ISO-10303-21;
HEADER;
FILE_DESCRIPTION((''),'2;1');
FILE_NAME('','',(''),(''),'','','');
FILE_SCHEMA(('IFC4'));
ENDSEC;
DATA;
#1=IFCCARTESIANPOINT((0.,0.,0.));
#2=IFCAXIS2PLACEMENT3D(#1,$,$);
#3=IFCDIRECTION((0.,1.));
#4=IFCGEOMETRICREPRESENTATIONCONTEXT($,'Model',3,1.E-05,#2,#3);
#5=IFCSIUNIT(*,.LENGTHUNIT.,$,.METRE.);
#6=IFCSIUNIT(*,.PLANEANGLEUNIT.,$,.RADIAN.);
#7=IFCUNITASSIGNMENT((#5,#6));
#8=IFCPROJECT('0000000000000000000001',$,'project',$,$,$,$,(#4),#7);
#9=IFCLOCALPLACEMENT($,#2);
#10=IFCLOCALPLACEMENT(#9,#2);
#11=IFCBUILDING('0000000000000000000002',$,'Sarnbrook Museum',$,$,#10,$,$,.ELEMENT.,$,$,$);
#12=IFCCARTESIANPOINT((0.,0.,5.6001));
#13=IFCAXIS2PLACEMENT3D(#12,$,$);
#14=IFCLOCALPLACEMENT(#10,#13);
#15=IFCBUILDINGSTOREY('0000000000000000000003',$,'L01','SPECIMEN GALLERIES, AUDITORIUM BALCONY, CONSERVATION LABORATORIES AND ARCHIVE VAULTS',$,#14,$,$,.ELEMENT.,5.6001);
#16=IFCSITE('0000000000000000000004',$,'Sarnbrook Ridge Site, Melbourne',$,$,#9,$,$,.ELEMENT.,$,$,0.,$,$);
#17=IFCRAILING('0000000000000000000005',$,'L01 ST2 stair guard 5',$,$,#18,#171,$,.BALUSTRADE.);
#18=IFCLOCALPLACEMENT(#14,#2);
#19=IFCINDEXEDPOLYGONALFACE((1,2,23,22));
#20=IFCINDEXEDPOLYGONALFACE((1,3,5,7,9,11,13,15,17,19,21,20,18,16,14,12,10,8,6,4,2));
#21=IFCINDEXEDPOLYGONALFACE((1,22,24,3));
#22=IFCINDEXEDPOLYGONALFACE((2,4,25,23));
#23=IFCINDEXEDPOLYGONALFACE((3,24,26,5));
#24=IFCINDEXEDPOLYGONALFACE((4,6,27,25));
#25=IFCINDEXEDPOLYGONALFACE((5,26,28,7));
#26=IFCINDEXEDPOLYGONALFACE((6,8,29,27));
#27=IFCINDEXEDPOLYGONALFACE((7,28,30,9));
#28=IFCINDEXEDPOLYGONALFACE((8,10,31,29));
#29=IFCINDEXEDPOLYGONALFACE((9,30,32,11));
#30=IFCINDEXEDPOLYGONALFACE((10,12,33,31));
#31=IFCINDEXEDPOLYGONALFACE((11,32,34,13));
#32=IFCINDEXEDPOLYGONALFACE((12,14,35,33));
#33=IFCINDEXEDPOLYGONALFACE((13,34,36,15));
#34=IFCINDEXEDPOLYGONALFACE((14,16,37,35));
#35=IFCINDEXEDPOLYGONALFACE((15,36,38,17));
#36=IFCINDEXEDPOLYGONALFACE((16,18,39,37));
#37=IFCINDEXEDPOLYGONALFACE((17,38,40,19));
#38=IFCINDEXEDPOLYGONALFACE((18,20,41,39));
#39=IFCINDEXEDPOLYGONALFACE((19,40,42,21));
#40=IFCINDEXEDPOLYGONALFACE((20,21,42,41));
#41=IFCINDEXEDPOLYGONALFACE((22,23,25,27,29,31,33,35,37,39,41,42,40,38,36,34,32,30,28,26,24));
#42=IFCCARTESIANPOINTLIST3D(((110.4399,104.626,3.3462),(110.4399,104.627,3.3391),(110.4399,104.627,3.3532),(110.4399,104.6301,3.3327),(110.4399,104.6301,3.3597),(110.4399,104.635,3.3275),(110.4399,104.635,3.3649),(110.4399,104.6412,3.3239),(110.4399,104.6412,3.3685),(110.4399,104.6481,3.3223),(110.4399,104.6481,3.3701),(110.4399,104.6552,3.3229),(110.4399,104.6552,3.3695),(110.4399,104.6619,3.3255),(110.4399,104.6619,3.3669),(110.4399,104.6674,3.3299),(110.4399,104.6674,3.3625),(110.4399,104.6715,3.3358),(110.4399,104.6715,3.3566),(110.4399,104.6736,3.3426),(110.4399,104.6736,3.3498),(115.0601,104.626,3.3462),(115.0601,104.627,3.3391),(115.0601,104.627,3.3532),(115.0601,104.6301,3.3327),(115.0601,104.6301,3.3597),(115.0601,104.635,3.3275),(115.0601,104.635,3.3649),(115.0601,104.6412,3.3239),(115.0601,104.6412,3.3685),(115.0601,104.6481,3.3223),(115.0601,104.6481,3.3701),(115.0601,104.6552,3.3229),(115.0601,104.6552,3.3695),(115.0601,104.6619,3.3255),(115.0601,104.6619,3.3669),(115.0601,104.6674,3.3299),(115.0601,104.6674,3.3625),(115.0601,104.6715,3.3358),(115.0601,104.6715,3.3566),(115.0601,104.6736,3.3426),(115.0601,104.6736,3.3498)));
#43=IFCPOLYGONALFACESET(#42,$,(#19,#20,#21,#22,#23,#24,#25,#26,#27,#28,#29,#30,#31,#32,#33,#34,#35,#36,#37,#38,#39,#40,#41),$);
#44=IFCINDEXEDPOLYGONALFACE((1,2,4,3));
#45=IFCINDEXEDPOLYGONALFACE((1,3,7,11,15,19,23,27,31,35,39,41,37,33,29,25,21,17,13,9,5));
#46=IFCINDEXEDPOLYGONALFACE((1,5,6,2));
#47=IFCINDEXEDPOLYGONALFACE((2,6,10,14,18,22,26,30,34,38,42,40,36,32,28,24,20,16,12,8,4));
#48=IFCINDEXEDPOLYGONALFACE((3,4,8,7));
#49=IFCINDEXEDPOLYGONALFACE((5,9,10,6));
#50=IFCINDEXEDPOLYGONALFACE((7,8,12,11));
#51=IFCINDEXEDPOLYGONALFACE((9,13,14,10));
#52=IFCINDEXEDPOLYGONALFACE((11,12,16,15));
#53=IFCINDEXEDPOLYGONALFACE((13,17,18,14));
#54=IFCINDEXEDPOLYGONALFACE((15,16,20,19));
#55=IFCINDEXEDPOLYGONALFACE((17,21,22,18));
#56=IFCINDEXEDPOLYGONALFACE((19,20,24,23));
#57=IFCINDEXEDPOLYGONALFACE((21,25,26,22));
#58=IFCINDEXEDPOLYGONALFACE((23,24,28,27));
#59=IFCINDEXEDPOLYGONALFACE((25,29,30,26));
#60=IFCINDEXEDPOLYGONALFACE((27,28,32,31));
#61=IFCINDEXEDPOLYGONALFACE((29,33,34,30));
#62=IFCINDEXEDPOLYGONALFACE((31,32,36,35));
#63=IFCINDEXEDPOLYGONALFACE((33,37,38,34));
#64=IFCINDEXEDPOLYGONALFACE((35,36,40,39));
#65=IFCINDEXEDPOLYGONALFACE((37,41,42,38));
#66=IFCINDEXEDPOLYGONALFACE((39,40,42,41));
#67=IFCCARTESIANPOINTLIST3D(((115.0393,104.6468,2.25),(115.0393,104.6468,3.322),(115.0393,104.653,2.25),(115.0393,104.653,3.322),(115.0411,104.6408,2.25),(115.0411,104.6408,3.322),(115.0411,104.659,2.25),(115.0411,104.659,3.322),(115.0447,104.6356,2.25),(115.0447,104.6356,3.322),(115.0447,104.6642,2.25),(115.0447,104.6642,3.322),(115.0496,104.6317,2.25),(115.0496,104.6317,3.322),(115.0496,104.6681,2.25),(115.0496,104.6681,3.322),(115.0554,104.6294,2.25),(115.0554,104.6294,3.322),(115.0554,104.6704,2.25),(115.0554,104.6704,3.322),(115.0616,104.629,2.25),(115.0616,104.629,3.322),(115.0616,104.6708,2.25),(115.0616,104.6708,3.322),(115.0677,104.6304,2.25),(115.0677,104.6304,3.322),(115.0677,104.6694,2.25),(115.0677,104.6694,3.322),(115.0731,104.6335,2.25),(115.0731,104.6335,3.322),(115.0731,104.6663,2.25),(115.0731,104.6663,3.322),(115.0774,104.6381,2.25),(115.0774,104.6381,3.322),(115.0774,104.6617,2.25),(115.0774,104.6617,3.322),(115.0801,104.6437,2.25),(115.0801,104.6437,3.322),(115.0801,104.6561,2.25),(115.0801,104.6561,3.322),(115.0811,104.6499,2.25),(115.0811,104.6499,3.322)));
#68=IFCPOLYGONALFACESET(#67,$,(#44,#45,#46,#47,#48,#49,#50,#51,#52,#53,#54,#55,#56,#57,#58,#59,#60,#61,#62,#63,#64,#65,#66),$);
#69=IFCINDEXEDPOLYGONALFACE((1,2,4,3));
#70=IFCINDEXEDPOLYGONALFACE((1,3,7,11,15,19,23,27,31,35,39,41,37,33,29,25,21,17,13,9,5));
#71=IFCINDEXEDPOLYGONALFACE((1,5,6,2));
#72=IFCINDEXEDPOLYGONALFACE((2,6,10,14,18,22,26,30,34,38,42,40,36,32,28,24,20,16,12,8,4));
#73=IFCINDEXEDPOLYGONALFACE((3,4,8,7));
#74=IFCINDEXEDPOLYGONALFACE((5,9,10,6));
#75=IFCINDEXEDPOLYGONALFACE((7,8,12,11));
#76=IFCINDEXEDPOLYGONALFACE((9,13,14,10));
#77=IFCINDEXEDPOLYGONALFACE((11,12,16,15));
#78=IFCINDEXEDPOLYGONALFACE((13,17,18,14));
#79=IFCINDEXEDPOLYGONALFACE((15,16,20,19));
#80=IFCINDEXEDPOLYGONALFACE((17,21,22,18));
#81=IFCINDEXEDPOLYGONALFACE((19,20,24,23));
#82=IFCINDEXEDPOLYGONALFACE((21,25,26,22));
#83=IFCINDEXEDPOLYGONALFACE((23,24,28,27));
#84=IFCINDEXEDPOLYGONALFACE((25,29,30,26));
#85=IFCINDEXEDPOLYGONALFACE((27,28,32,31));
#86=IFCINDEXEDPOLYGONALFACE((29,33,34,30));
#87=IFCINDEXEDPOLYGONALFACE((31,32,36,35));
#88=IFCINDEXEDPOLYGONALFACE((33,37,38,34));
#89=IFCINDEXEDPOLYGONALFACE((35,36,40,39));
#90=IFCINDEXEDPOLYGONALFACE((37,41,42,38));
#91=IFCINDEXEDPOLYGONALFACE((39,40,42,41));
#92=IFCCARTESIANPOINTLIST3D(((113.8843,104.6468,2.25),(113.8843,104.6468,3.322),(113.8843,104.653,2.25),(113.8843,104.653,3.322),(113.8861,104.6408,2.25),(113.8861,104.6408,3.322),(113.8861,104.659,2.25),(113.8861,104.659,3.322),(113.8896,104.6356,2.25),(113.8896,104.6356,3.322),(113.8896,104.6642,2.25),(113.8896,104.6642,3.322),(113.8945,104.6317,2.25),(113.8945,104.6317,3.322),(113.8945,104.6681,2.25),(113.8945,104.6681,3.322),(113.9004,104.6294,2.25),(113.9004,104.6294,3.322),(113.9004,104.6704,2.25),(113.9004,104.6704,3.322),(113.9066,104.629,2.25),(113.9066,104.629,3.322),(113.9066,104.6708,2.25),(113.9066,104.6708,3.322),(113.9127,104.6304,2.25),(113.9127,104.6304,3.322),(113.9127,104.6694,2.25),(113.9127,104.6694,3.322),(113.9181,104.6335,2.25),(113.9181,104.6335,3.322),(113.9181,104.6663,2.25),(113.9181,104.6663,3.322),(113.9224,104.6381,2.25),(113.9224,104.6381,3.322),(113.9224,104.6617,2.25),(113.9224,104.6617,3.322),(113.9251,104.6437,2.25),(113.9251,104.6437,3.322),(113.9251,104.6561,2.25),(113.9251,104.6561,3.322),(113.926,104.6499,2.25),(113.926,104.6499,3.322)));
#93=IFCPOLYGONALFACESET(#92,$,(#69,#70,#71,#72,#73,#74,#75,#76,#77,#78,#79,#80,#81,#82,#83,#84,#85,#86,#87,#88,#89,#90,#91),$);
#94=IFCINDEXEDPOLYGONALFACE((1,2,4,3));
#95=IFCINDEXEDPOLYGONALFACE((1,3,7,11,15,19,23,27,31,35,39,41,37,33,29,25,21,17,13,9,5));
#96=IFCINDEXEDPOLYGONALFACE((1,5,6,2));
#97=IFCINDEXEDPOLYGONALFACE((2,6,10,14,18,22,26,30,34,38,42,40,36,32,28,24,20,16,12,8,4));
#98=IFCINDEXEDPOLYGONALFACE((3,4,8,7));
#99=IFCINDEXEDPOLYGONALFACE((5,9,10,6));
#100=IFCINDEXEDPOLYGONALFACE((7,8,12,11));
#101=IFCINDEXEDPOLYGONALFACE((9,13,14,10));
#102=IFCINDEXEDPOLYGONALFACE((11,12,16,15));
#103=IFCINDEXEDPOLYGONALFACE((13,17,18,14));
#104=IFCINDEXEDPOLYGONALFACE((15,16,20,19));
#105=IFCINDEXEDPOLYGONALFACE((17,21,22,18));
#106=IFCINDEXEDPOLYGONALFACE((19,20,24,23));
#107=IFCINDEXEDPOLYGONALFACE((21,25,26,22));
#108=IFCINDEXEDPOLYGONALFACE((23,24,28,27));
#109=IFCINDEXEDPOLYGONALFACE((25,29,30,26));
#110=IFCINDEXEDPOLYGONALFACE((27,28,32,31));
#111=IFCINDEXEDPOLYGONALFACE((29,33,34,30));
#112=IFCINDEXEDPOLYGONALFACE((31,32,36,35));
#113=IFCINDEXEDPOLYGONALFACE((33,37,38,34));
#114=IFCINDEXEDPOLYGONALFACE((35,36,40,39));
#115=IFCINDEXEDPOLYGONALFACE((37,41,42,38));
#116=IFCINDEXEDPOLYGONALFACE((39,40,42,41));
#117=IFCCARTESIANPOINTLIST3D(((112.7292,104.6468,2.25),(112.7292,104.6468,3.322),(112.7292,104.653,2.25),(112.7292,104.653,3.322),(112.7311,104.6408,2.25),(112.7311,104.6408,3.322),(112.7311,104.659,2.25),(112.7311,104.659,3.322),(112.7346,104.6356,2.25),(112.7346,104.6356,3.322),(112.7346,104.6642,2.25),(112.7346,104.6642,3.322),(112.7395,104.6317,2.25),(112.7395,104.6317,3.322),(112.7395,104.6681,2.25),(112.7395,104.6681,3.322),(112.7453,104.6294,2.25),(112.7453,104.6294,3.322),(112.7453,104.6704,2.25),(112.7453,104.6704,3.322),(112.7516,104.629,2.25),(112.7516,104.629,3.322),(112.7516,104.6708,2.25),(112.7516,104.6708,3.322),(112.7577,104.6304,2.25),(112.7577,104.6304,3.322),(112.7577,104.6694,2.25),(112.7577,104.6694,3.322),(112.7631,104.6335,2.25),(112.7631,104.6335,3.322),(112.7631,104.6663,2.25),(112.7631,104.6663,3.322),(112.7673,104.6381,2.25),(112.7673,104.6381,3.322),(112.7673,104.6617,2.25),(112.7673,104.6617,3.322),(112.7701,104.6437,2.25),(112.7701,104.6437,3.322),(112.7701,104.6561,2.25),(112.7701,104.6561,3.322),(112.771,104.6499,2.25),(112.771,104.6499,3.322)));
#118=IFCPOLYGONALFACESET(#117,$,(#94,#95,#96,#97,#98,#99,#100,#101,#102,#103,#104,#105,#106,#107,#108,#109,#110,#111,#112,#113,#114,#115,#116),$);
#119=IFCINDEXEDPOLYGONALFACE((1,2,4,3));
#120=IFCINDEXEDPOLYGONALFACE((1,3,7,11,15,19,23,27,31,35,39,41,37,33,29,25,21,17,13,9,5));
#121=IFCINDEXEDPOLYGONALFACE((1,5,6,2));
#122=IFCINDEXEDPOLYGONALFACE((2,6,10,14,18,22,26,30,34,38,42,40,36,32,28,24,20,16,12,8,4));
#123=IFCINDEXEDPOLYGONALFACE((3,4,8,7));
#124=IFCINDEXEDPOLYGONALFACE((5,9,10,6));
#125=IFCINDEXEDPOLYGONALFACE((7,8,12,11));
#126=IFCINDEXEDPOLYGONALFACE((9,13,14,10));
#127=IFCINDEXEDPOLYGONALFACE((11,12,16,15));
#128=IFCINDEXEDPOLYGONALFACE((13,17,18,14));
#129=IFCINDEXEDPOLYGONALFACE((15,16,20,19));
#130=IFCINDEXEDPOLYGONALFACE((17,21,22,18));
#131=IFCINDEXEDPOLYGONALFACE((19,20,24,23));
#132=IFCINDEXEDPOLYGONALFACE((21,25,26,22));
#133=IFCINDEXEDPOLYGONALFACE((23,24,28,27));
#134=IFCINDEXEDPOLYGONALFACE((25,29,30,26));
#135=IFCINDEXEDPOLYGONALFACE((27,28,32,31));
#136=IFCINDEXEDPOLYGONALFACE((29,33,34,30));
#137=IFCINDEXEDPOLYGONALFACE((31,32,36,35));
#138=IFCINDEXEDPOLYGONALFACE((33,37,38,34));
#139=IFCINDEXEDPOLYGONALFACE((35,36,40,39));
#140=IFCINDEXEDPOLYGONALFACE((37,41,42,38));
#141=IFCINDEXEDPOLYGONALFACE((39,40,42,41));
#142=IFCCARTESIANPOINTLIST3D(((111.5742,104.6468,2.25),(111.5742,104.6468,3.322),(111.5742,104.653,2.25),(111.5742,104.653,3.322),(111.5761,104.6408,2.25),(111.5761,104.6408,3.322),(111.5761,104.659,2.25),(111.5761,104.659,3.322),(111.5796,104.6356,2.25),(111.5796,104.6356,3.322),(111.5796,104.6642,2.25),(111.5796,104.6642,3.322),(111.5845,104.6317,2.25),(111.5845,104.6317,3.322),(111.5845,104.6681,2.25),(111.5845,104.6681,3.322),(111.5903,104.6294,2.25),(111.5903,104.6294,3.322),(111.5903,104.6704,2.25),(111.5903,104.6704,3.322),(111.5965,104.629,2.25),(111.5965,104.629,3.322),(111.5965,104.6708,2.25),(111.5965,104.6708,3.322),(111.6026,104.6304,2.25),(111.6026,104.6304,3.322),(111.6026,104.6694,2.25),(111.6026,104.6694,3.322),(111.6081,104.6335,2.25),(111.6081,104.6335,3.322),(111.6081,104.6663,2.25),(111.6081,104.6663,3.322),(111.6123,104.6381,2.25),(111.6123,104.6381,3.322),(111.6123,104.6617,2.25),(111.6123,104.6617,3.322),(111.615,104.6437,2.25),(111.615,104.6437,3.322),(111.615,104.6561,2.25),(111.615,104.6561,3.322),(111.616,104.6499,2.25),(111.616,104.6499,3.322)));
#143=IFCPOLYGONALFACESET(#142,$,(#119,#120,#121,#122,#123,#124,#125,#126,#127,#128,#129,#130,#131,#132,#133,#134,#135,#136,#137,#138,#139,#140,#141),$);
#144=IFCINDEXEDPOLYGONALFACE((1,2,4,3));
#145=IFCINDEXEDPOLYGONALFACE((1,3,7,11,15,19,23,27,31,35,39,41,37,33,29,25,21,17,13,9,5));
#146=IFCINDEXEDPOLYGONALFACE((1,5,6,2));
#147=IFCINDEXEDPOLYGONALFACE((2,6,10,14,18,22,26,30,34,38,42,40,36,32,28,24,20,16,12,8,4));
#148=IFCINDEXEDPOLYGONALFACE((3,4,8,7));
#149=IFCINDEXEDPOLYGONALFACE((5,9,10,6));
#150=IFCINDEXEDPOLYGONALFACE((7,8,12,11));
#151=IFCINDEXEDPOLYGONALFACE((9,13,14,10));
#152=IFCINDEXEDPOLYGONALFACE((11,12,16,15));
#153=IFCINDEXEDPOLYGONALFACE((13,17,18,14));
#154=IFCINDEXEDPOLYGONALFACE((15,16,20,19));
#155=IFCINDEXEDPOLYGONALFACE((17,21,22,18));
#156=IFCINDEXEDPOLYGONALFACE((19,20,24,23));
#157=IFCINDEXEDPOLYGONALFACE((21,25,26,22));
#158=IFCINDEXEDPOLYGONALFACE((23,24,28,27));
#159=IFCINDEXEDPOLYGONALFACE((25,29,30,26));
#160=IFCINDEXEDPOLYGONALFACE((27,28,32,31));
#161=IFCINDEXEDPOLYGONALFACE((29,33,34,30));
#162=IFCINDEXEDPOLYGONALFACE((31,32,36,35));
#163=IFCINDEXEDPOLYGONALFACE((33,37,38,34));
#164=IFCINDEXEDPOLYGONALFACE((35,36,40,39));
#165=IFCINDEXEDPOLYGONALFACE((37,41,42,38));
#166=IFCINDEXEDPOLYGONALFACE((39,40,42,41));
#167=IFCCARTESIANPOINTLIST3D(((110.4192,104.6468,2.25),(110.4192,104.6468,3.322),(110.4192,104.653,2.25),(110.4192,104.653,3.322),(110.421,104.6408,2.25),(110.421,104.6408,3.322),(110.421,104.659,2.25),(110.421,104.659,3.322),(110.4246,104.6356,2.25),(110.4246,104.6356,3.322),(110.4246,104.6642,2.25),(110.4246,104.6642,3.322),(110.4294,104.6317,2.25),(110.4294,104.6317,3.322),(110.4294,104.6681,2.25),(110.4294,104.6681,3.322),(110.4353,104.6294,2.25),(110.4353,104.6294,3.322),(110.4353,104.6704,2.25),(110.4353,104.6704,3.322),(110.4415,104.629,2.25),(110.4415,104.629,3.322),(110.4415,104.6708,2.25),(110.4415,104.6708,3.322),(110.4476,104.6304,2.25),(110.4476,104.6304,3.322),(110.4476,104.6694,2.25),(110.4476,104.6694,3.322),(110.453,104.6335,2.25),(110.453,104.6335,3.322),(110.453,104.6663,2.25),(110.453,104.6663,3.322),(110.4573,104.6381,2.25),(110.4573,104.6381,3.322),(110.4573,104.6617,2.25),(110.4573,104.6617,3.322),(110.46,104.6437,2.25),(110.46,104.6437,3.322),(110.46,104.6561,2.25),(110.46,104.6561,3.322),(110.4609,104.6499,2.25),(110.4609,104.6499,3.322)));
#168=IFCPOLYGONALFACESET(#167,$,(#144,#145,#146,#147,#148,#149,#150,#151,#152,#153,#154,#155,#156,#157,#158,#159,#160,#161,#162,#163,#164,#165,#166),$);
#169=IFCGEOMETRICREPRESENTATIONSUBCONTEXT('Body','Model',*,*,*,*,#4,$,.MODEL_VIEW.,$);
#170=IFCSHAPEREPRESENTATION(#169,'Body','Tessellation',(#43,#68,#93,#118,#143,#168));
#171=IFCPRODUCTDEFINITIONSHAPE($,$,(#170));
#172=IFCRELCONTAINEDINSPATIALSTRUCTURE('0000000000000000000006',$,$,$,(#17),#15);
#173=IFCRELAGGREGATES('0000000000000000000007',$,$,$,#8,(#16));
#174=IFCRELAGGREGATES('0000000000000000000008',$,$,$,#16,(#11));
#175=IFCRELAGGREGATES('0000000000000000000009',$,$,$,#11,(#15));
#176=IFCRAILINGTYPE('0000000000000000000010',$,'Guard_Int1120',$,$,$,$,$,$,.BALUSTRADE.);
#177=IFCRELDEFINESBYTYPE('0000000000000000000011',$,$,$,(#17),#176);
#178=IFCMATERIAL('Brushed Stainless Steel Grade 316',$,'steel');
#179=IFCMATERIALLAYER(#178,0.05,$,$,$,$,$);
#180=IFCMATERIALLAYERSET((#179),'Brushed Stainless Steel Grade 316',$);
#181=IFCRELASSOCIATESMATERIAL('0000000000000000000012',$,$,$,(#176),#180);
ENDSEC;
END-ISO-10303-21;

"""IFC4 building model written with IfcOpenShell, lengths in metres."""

from ifc_helpers import new_model, si_unit, direction, frame, origin, origin_2d, place, context, subcontext, project, spatial, circle, extrude, material, layer, layer_set, type_object, element, save


model = new_model("IFC4")

# Units and contexts
model_context = context("Model", 3, precision=1e-05, world=origin(), true_north=direction((0.0, 1.0)))
body_context = subcontext(model_context, "Body", "Model", "MODEL_VIEW")
ifc_project = project(units=[si_unit("LENGTHUNIT", "METRE"), si_unit("PLANEANGLEUNIT", "RADIAN")], contexts=[model_context])

# Site, building, storey
site_placement = place(None, origin())
site = spatial("IfcSite", under=ifc_project, at=site_placement, Name="Sarnbrook Ridge Site, Melbourne", CompositionType="ELEMENT", RefElevation=0.0)
building_placement = place(site_placement, origin())
building = spatial("IfcBuilding", under=site, at=building_placement, Name="Sarnbrook Museum", CompositionType="ELEMENT")
storey_placement = place(building_placement, frame((0.0, 0.0, 5.6001)))
storey = spatial("IfcBuildingStorey", under=building, at=storey_placement, Name="L01", Description="SPECIMEN GALLERIES, AUDITORIUM BALCONY, CONSERVATION LABORATORIES AND ARCHIVE VAULTS", CompositionType="ELEMENT", Elevation=5.6001)

# Shared definitions
ifc_material_1 = material(Name="Brushed Stainless Steel Grade 316", Category="steel")

# Railing
ifc_layer_1 = layer(ifc_material_1, 0.05)
ifc_layer_set_1 = layer_set([ifc_layer_1], Name="Brushed Stainless Steel Grade 316")
railing_type_1 = type_object("IfcRailingType", Name="Guard_Int1120", PredefinedType="BALUSTRADE", material=ifc_layer_set_1)
railing_1_placement = place(storey_placement, frame((115.0601, 104.6499, 2.25)))
element("IfcRailing", 1, at=railing_1_placement, inside=storey, type_object=railing_type_1, Name="L01 ST2 stair guard 5", PredefinedType="BALUSTRADE", context=body_context, shape_type="SweptSolid", body=[
    extrude(circle(Radius=0.0239, at=origin_2d()), frame((0.0, 0.0, 1.0962), z_axis=(-1.0, 0.0, 0.0), x_axis=(0.0, -1.0, 0.0)), (0.0, 0.0, 1.0), 4.6201),
    extrude(circle(Radius=0.021, at=origin_2d()), origin(), (0.0, 0.0, 1.0), 1.072),
    extrude(circle(Radius=0.021, at=origin_2d()), frame((-1.155, 0.0, 0.0)), (0.0, 0.0, 1.0), 1.072),
    extrude(circle(Radius=0.021, at=origin_2d()), frame((-2.3101, 0.0, 0.0)), (0.0, 0.0, 1.0), 1.072),
    extrude(circle(Radius=0.021, at=origin_2d()), frame((-3.4651, 0.0, 0.0)), (0.0, 0.0, 1.0), 1.072),
    extrude(circle(Radius=0.021, at=origin_2d()), frame((-4.6201, 0.0, 0.0)), (0.0, 0.0, 1.0), 1.072),
])

save(model, "model.ifc")
